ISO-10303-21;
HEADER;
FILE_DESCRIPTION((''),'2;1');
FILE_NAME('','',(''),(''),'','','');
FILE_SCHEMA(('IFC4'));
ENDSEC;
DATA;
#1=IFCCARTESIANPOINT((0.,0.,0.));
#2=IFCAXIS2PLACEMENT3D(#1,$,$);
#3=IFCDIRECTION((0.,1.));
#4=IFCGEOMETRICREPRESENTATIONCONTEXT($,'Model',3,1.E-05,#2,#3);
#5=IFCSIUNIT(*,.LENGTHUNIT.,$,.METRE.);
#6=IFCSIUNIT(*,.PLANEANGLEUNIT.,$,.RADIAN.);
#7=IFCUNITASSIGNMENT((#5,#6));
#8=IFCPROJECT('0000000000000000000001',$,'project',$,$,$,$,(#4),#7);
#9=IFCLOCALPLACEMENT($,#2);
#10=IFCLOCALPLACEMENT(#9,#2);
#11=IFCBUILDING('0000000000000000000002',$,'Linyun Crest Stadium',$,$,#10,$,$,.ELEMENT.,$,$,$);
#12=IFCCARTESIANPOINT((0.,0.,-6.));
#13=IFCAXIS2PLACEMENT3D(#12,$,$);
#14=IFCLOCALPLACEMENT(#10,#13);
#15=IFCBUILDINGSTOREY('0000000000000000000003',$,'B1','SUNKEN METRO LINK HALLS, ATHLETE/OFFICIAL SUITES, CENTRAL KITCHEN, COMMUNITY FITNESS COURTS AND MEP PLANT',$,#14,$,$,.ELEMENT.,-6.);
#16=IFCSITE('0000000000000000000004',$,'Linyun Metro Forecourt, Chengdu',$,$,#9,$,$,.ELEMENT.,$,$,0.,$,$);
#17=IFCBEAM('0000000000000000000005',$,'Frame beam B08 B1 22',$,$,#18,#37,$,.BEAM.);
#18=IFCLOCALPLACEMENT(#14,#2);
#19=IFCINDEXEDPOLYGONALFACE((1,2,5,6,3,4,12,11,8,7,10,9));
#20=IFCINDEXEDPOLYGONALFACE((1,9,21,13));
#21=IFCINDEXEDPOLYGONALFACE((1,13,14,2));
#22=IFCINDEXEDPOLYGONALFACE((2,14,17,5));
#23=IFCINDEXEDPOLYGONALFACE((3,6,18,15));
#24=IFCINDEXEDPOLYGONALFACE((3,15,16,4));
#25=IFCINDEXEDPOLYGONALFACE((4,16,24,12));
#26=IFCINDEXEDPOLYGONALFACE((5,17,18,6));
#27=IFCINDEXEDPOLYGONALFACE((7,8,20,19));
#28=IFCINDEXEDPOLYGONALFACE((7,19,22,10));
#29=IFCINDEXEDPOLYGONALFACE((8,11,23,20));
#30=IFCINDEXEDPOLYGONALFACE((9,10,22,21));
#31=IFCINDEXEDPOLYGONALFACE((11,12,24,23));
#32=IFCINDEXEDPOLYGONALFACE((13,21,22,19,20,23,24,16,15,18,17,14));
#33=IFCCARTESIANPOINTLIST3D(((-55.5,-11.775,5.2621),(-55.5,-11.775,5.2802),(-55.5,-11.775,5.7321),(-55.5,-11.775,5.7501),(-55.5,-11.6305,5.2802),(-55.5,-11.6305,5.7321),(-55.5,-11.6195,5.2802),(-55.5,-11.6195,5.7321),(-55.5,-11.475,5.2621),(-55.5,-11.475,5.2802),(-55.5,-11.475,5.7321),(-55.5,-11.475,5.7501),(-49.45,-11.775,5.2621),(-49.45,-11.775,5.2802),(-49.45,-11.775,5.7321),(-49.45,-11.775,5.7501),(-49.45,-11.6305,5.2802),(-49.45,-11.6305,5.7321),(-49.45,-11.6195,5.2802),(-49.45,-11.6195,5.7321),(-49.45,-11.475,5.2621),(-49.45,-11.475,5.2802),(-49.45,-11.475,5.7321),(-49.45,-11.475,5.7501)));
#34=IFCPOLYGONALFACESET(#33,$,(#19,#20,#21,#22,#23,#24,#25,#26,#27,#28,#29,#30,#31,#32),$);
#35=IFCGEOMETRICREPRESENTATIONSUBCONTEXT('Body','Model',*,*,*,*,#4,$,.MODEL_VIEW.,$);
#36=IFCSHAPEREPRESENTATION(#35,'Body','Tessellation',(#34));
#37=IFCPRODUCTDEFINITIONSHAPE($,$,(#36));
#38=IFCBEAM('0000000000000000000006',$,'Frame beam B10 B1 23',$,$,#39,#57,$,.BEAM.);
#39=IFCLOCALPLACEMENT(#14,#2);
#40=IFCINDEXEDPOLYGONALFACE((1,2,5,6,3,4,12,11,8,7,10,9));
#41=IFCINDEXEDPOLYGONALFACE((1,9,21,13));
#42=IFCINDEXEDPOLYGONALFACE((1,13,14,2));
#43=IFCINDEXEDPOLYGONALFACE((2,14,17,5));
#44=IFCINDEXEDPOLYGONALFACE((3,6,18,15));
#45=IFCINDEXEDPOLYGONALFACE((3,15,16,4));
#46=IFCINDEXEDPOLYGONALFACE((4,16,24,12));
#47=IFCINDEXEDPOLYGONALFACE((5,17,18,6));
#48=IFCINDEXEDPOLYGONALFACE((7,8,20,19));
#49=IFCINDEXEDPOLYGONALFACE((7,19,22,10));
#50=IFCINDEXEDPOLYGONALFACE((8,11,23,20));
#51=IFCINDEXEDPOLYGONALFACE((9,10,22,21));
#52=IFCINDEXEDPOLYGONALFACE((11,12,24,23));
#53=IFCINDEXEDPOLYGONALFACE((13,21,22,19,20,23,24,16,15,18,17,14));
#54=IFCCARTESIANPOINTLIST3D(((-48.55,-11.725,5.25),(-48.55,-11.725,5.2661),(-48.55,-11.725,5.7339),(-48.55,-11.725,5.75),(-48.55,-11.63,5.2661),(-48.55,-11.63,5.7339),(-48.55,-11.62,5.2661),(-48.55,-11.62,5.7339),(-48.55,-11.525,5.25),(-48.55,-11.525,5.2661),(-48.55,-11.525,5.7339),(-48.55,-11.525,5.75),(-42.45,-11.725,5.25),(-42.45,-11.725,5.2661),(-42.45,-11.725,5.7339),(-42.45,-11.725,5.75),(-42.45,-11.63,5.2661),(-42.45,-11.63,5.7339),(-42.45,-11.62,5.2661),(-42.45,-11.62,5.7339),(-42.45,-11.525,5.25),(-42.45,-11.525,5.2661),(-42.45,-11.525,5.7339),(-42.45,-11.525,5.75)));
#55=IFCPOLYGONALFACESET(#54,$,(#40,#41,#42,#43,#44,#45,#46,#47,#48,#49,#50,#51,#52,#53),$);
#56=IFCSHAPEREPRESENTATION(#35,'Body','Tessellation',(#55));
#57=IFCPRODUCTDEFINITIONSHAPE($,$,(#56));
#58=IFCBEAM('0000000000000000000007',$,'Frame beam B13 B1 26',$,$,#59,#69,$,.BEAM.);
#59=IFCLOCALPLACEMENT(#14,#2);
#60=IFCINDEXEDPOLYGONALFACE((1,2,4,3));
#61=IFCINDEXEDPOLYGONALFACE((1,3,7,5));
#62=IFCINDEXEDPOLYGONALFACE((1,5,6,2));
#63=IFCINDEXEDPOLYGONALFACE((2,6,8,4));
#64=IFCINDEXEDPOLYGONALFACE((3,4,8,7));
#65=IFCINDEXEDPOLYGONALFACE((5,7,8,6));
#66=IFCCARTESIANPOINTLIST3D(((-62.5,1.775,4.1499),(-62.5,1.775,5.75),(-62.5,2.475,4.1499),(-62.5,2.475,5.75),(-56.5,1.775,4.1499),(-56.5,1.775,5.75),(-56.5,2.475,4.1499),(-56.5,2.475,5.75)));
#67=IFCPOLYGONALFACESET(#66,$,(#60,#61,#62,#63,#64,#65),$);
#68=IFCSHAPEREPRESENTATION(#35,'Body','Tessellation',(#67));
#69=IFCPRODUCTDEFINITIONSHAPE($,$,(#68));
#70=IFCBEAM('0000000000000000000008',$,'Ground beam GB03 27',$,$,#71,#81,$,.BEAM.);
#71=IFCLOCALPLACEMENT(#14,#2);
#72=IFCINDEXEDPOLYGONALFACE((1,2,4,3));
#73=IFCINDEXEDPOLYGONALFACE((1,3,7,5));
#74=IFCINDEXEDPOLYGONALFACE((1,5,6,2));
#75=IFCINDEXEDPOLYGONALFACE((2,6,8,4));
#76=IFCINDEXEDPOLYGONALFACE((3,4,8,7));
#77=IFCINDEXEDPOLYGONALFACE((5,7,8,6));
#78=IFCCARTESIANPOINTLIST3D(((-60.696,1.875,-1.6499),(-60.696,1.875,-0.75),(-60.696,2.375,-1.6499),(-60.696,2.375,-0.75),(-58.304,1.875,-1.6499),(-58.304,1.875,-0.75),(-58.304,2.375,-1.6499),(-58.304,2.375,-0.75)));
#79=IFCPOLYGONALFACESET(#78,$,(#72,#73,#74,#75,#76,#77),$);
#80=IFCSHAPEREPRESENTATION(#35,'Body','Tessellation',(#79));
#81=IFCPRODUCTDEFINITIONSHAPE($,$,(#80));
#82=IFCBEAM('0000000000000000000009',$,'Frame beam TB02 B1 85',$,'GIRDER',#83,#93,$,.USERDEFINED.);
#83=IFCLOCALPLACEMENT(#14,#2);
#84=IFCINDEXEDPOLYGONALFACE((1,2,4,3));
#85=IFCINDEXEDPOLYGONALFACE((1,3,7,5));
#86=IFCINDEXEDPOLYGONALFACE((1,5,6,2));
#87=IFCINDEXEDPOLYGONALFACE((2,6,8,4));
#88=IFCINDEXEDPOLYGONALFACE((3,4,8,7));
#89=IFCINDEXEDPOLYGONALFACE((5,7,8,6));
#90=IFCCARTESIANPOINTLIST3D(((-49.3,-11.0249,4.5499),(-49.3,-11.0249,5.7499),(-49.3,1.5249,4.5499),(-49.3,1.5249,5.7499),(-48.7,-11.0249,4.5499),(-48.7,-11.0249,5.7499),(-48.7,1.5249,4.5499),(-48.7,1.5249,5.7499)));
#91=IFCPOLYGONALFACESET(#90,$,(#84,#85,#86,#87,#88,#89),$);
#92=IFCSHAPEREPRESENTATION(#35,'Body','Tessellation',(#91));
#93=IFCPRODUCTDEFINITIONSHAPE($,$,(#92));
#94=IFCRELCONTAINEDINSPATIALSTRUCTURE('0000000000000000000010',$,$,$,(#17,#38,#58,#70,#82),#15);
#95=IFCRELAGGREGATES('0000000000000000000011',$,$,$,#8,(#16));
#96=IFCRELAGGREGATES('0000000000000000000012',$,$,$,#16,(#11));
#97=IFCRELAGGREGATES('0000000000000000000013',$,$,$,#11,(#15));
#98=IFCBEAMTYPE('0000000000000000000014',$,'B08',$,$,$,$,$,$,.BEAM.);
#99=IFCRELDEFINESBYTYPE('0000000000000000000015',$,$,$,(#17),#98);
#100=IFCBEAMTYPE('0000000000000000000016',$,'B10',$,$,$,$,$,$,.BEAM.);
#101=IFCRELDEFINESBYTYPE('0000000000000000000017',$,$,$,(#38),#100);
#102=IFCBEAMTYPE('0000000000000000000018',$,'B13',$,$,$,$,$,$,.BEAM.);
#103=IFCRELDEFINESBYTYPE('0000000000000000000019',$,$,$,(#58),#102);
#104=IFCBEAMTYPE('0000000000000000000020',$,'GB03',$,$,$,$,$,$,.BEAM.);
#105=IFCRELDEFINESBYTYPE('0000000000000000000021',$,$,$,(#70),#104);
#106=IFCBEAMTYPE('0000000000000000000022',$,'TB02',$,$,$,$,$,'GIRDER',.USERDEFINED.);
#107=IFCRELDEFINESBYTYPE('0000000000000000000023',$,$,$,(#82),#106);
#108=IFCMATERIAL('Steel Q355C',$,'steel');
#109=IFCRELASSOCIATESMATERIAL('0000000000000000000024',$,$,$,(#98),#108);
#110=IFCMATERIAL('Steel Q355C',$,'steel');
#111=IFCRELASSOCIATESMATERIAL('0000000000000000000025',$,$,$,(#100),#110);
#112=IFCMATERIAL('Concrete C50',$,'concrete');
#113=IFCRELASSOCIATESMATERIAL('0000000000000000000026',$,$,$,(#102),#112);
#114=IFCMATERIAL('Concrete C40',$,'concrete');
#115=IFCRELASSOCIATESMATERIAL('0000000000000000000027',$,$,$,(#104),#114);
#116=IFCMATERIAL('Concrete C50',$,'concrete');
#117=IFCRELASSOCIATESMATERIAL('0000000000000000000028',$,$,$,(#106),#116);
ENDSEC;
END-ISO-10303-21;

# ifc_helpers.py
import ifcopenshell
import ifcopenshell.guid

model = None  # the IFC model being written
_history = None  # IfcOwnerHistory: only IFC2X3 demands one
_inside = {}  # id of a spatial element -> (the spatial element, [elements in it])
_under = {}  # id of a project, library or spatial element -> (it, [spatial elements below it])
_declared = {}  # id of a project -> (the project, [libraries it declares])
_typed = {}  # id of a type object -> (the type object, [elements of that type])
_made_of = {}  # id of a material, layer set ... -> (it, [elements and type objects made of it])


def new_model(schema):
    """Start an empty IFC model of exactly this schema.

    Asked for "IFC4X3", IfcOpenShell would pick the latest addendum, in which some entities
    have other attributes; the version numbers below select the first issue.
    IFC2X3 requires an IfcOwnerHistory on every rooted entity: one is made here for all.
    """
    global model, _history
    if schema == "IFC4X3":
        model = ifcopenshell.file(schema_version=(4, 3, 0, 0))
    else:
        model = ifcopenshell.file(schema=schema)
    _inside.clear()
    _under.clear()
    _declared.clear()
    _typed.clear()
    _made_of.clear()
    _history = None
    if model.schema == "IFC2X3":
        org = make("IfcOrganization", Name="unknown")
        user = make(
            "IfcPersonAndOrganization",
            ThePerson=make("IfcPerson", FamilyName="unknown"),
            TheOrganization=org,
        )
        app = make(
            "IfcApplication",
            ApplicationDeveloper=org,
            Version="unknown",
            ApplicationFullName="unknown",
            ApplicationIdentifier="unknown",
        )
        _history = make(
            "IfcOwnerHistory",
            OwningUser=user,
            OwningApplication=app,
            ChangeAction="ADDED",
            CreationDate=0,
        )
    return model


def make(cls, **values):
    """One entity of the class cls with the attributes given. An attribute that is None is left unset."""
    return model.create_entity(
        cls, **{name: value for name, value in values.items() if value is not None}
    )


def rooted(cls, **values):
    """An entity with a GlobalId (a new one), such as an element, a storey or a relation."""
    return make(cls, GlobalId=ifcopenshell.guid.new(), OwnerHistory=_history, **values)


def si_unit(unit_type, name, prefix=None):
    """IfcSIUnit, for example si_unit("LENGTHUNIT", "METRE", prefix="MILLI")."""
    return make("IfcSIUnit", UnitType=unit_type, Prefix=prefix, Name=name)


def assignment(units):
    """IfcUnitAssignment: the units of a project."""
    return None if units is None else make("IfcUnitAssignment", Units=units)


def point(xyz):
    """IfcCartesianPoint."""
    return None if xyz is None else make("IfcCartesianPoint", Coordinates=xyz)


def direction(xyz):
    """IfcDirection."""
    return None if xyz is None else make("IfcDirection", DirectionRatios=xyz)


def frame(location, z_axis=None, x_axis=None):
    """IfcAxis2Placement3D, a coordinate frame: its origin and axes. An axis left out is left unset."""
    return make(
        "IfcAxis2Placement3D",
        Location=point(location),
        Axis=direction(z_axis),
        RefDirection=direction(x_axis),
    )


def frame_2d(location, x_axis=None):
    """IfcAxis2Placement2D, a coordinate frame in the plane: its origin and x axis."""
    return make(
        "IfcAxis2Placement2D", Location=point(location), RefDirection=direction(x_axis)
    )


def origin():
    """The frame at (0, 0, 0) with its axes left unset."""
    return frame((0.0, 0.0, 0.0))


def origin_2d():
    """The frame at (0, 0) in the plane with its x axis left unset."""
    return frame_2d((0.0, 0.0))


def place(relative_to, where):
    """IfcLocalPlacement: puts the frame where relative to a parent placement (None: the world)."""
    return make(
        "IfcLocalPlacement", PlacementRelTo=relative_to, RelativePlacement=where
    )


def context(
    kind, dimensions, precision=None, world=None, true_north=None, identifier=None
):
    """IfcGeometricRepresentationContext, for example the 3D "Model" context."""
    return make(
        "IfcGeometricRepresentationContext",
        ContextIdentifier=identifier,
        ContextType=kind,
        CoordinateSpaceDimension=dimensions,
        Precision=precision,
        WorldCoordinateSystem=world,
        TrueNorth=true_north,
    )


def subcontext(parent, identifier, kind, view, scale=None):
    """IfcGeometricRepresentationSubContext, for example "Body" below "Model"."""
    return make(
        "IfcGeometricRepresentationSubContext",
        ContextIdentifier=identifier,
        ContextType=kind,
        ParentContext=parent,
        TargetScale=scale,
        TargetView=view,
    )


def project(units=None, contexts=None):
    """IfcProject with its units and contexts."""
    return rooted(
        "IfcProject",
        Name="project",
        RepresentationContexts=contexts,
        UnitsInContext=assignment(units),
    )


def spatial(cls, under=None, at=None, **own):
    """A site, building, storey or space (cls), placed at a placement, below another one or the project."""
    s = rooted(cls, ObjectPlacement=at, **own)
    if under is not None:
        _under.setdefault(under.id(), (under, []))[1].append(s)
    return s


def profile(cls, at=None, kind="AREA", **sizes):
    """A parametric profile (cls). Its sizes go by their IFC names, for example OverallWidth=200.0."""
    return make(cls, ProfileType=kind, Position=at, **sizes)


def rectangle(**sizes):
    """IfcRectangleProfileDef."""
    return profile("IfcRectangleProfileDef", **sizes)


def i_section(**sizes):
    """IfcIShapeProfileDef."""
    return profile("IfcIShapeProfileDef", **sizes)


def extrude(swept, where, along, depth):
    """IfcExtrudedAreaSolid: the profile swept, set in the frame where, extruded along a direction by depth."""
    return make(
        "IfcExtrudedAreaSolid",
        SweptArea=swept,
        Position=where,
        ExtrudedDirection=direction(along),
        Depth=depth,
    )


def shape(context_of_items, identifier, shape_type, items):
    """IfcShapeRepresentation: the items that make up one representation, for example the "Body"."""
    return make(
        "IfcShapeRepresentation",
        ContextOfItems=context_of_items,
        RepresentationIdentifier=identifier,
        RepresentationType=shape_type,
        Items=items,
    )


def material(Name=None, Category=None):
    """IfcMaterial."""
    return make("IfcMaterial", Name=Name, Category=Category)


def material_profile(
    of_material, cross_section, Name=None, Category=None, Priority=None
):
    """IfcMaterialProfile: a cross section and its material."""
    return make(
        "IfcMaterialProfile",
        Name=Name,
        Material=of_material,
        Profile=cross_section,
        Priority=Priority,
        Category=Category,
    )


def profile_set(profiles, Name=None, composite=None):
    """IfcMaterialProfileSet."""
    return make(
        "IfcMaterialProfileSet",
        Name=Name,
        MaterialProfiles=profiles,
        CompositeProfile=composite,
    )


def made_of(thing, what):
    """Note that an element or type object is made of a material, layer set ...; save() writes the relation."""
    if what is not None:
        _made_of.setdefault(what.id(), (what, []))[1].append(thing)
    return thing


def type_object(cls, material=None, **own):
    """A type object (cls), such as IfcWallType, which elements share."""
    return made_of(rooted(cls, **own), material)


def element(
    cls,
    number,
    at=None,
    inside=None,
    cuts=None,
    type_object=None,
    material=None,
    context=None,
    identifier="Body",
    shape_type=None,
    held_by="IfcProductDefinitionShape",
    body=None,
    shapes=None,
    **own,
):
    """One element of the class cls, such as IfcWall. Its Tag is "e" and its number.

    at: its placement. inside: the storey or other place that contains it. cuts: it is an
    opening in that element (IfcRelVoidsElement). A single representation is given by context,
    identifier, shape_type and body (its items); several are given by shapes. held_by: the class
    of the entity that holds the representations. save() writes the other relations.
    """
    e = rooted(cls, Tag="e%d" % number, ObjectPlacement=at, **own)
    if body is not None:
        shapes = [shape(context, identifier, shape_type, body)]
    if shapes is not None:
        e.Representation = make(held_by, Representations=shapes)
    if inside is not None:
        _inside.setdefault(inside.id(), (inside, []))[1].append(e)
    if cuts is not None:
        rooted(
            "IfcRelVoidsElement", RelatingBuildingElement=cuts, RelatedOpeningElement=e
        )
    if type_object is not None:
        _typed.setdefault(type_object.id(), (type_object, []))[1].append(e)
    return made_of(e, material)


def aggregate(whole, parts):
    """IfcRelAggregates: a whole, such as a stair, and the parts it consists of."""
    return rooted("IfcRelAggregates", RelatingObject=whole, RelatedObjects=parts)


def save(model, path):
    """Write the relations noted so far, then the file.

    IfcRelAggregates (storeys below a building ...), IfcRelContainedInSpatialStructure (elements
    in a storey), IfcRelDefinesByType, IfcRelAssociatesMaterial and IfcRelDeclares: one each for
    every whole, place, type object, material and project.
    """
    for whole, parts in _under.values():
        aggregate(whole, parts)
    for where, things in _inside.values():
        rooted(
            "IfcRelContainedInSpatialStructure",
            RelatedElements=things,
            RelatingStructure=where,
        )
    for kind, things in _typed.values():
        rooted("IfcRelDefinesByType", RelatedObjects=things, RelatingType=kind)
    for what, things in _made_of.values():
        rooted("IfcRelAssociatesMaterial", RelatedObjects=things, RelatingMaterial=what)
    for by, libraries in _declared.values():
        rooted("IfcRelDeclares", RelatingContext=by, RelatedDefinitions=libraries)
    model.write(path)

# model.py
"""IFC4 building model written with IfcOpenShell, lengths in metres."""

from ifc_helpers import new_model, si_unit, direction, frame, origin, origin_2d, place, context, subcontext, project, spatial, rectangle, i_section, extrude, material, material_profile, profile_set, type_object, element, save


model = new_model("IFC4")

# Units and contexts
model_context = context("Model", 3, precision=1e-05, world=origin(), true_north=direction((0.0, 1.0)))
body_context = subcontext(model_context, "Body", "Model", "MODEL_VIEW")
ifc_project = project(units=[si_unit("LENGTHUNIT", "METRE"), si_unit("PLANEANGLEUNIT", "RADIAN")], contexts=[model_context])

# Site, building, storey
site_placement = place(None, origin())
site = spatial("IfcSite", under=ifc_project, at=site_placement, Name="Linyun Metro Forecourt, Chengdu", CompositionType="ELEMENT", RefElevation=0.0)
building_placement = place(site_placement, origin())
building = spatial("IfcBuilding", under=site, at=building_placement, Name="Linyun Crest Stadium", CompositionType="ELEMENT")
storey_placement = place(building_placement, frame((0.0, 0.0, -6.0)))
storey = spatial("IfcBuildingStorey", under=building, at=storey_placement, Name="B1", Description="SUNKEN METRO LINK HALLS, ATHLETE/OFFICIAL SUITES, CENTRAL KITCHEN, COMMUNITY FITNESS COURTS AND MEP PLANT", CompositionType="ELEMENT", Elevation=-6.0)

# Beams
ifc_material_1 = material(Name="Steel Q355C", Category="steel")
ifc_material_profile_1 = material_profile(ifc_material_1, i_section(OverallWidth=0.3, OverallDepth=0.488, WebThickness=0.011, FlangeThickness=0.0181, at=origin_2d()), Name="HM 488x300")
ifc_profile_set_1 = profile_set([ifc_material_profile_1], Name="Steel Q355C")
beam_type_1 = type_object("IfcBeamType", Name="B08", PredefinedType="BEAM", material=ifc_profile_set_1)
beam_1_placement = place(storey_placement, frame((-55.5, -11.625, 5.5061), z_axis=(1.0, 0.0, 0.0), x_axis=(0.0, 1.0, 0.0)))
element("IfcBeam", 1, at=beam_1_placement, inside=storey, type_object=beam_type_1, Name="Frame beam B08 B1 22", PredefinedType="BEAM", context=body_context, shape_type="SweptSolid", body=[
    extrude(i_section(OverallWidth=0.3, OverallDepth=0.488, WebThickness=0.011, FlangeThickness=0.0181, at=origin_2d()), origin(), (0.0, 0.0, 1.0), 6.05),
])
ifc_material_2 = material(Name="Steel Q355C", Category="steel")
ifc_material_profile_2 = material_profile(ifc_material_2, i_section(OverallWidth=0.2, OverallDepth=0.5, WebThickness=0.01, FlangeThickness=0.0161, at=origin_2d()), Name="HN 500x200")
ifc_profile_set_2 = profile_set([ifc_material_profile_2], Name="Steel Q355C")
beam_type_2 = type_object("IfcBeamType", Name="B10", PredefinedType="BEAM", material=ifc_profile_set_2)
beam_2_placement = place(storey_placement, frame((-48.55, -11.625, 5.5), z_axis=(1.0, 0.0, 0.0), x_axis=(0.0, 1.0, 0.0)))
element("IfcBeam", 2, at=beam_2_placement, inside=storey, type_object=beam_type_2, Name="Frame beam B10 B1 23", PredefinedType="BEAM", context=body_context, shape_type="SweptSolid", body=[
    extrude(i_section(OverallWidth=0.2, OverallDepth=0.5, WebThickness=0.01, FlangeThickness=0.0161, at=origin_2d()), origin(), (0.0, 0.0, 1.0), 6.1001),
])
ifc_material_3 = material(Name="Concrete C50", Category="concrete")
ifc_material_profile_3 = material_profile(ifc_material_3, rectangle(XDim=0.7, YDim=1.6001, at=origin_2d()), Name="RCB 1600x700")
ifc_profile_set_3 = profile_set([ifc_material_profile_3], Name="Concrete C50")
beam_type_3 = type_object("IfcBeamType", Name="B13", PredefinedType="BEAM", material=ifc_profile_set_3)
beam_3_placement = place(storey_placement, frame((-62.5, 2.125, 4.95), z_axis=(1.0, 0.0, 0.0), x_axis=(0.0, 1.0, 0.0)))
element("IfcBeam", 3, at=beam_3_placement, inside=storey, type_object=beam_type_3, Name="Frame beam B13 B1 26", PredefinedType="BEAM", context=body_context, shape_type="SweptSolid", body=[
    extrude(rectangle(XDim=0.7, YDim=1.6001, at=origin_2d()), origin(), (0.0, 0.0, 1.0), 6.0),
])
ifc_material_4 = material(Name="Concrete C40", Category="concrete")
ifc_material_profile_4 = material_profile(ifc_material_4, rectangle(XDim=0.5, YDim=0.8999, at=origin_2d()), Name="RCB 900x500")
ifc_profile_set_4 = profile_set([ifc_material_profile_4], Name="Concrete C40")
beam_type_4 = type_object("IfcBeamType", Name="GB03", PredefinedType="BEAM", material=ifc_profile_set_4)
beam_4_placement = place(storey_placement, frame((-60.696, 2.125, -1.2), z_axis=(1.0, 0.0, 0.0), x_axis=(0.0, 1.0, 0.0)))
element("IfcBeam", 4, at=beam_4_placement, inside=storey, type_object=beam_type_4, Name="Ground beam GB03 27", PredefinedType="BEAM", context=body_context, shape_type="SweptSolid", body=[
    extrude(rectangle(XDim=0.5, YDim=0.8999, at=origin_2d()), origin(), (0.0, 0.0, 1.0), 2.3921),
])
ifc_material_5 = material(Name="Concrete C50", Category="concrete")
ifc_material_profile_5 = material_profile(ifc_material_5, rectangle(XDim=0.6001, YDim=1.2, at=origin_2d()), Name="RCB 1200x600")
ifc_profile_set_5 = profile_set([ifc_material_profile_5], Name="Concrete C50")
beam_type_5 = type_object("IfcBeamType", Name="TB02", ElementType="GIRDER", PredefinedType="USERDEFINED", material=ifc_profile_set_5)
beam_5_placement = place(storey_placement, frame((-49.0, -11.0249, 5.1499), z_axis=(0.0, 1.0, 0.0), x_axis=(-1.0, 0.0, 0.0)))
element("IfcBeam", 5, at=beam_5_placement, inside=storey, type_object=beam_type_5, Name="Frame beam TB02 B1 85", ObjectType="GIRDER", PredefinedType="USERDEFINED", context=body_context, shape_type="SweptSolid", body=[
    extrude(rectangle(XDim=0.6001, YDim=1.2, at=origin_2d()), origin(), (0.0, 0.0, 1.0), 12.5498),
])

save(model, "model.ifc")
